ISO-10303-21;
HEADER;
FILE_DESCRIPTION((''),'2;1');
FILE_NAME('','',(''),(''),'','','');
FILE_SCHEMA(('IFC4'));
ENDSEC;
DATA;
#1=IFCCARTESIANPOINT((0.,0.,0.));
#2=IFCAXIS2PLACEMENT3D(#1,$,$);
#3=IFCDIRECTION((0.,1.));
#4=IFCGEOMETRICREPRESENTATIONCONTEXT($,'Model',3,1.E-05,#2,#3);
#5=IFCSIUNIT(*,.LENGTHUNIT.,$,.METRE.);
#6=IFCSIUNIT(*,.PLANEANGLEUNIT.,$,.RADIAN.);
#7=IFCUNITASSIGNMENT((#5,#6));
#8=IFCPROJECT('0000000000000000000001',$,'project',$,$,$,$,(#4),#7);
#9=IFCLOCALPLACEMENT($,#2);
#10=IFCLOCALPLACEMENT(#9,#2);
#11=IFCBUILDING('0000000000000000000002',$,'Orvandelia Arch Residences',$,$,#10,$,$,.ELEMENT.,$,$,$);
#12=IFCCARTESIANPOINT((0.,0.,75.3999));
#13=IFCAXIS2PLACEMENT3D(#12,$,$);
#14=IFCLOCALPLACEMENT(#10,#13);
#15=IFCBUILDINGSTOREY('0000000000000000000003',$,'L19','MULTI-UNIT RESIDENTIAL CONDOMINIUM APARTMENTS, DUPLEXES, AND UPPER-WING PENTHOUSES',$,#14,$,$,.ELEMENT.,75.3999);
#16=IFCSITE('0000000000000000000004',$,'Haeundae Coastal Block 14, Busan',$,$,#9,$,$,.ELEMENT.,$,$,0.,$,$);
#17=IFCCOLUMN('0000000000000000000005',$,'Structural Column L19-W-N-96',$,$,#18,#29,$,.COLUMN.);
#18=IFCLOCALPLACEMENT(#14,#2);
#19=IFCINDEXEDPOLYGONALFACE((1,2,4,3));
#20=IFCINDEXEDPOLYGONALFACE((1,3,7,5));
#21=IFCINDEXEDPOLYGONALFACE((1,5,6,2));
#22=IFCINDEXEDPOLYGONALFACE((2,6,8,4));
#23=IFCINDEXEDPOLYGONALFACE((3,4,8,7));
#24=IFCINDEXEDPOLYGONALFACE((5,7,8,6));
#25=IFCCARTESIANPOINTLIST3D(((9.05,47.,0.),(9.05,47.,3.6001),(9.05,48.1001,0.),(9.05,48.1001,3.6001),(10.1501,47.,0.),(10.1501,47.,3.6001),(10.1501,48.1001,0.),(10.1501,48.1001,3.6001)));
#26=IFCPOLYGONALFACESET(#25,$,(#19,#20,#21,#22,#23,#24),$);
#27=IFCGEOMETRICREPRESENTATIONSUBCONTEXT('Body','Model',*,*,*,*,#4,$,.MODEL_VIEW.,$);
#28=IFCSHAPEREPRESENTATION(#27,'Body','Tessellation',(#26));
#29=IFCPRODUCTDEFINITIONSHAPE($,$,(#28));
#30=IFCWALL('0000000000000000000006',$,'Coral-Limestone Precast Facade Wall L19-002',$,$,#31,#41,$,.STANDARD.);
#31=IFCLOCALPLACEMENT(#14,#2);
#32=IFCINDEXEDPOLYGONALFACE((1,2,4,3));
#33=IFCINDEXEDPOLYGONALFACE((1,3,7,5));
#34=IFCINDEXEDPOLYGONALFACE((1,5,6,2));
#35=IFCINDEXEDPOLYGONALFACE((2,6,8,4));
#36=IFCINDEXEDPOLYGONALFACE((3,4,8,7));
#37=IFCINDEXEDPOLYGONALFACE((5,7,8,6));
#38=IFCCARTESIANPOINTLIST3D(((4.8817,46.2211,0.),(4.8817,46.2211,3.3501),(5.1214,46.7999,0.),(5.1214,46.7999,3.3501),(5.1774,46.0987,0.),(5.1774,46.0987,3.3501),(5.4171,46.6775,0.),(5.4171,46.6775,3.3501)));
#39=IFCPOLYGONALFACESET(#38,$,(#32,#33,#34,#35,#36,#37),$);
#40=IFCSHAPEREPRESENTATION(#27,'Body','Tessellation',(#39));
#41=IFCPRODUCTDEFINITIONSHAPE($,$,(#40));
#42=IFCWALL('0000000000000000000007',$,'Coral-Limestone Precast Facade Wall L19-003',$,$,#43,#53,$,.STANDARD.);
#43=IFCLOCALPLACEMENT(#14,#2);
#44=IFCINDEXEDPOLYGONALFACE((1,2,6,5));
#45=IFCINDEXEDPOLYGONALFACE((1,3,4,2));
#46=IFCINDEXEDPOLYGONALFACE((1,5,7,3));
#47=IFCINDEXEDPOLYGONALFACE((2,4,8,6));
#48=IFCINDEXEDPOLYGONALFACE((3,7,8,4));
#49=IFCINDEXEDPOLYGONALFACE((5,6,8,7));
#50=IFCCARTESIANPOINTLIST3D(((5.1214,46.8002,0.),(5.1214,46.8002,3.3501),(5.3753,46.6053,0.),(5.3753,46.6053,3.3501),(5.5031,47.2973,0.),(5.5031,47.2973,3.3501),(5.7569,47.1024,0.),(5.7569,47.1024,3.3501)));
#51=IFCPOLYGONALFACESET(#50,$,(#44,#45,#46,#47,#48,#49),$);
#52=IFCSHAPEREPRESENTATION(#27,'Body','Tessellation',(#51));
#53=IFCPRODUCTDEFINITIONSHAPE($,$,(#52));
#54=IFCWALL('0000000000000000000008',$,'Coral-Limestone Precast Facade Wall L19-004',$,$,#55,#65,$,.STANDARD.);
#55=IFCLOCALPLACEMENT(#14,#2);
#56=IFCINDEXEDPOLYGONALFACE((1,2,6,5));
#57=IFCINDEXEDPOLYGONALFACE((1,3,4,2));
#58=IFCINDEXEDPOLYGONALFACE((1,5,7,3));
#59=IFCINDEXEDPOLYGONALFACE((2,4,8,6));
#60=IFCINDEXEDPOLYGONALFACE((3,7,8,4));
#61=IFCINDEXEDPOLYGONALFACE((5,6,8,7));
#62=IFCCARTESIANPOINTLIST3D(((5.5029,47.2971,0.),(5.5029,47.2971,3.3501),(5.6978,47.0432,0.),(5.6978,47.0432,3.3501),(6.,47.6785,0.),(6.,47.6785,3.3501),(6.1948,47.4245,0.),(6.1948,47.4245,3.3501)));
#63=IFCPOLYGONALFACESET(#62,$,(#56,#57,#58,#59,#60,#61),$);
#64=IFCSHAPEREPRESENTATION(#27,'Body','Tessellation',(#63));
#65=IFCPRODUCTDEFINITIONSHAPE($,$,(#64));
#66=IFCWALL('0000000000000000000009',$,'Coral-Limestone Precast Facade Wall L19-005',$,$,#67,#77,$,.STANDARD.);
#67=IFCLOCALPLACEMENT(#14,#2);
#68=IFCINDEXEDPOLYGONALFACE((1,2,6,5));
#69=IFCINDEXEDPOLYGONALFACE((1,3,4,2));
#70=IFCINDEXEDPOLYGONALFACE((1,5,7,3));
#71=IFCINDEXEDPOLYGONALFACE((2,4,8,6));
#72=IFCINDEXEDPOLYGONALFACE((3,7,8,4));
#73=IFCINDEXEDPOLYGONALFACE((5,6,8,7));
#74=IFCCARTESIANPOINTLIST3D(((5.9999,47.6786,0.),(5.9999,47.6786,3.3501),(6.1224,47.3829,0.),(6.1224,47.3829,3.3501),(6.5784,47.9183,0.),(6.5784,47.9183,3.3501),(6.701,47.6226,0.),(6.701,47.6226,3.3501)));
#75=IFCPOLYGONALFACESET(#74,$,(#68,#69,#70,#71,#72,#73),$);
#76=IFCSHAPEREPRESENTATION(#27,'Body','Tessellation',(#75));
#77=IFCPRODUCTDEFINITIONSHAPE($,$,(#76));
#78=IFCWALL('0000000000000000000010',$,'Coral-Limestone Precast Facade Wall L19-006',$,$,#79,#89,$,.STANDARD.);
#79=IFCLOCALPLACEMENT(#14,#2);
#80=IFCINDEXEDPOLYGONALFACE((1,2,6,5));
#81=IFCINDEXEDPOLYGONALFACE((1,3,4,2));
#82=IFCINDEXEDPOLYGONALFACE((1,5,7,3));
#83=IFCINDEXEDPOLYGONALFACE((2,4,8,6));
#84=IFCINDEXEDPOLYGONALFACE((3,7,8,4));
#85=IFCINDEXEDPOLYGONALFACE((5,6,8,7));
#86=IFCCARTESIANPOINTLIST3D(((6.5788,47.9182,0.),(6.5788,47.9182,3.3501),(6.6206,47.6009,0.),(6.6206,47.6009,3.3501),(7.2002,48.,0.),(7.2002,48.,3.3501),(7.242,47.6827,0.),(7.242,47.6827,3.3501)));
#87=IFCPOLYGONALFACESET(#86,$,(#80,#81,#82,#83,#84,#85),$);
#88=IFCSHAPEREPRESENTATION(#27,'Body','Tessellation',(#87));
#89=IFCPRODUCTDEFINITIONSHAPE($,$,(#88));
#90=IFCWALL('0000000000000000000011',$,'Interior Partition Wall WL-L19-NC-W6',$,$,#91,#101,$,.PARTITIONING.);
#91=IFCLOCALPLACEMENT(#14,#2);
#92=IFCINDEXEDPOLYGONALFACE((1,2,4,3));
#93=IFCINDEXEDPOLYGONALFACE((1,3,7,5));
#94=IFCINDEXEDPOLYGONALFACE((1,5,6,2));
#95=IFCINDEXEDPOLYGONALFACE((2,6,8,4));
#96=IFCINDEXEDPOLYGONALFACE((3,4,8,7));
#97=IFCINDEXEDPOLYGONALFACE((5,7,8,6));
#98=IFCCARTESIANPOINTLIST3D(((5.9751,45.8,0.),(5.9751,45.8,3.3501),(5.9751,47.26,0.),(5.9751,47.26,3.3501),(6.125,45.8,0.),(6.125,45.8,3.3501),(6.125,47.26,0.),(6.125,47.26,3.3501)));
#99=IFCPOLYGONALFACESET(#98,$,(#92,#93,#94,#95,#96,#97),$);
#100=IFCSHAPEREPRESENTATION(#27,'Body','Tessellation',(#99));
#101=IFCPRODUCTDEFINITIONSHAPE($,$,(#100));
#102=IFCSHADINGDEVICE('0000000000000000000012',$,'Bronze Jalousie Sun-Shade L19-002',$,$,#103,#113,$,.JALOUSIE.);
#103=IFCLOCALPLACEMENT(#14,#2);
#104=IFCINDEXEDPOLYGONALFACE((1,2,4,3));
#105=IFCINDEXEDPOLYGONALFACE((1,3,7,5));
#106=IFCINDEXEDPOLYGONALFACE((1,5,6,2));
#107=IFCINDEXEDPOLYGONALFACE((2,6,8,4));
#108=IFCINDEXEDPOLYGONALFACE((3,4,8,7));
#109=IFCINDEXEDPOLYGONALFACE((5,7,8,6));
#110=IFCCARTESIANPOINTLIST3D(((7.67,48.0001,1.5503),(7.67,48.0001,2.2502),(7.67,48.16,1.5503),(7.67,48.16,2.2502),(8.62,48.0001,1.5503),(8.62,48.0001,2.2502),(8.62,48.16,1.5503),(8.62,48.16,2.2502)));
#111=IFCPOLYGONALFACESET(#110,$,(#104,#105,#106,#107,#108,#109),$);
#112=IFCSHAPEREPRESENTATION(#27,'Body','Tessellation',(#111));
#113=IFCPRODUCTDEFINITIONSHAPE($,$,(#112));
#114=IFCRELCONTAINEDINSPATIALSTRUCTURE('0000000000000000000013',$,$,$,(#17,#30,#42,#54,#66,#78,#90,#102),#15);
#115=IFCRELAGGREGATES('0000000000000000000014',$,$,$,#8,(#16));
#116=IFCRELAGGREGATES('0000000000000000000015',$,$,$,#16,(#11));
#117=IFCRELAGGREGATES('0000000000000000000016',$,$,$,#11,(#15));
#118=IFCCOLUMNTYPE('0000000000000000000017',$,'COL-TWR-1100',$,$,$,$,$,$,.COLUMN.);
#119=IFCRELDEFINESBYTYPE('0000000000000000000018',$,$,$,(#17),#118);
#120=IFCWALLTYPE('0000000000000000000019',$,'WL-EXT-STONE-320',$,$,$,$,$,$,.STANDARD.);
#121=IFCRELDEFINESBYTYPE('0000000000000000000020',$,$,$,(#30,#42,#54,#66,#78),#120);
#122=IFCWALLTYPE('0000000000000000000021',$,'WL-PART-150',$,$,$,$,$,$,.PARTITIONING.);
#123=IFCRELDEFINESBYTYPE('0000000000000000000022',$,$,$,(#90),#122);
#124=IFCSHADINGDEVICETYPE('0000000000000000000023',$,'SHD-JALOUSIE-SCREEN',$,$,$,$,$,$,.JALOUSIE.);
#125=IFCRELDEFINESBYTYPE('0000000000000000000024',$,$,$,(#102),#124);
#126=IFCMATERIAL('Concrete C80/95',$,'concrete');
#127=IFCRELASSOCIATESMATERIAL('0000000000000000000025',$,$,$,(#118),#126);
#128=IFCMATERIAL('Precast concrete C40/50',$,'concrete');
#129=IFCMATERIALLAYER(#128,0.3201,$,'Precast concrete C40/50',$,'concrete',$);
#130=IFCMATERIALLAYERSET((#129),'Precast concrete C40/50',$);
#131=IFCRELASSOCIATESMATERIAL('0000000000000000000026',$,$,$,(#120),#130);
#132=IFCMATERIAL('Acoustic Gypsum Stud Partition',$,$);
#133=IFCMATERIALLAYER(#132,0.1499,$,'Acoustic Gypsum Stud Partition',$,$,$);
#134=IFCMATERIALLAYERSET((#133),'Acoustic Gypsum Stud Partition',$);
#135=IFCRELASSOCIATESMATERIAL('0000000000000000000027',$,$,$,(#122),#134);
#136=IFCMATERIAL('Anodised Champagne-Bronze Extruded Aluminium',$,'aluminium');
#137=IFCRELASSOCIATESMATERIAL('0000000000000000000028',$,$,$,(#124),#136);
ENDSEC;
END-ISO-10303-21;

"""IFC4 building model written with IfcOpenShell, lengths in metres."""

from ifc_helpers import new_model, si_unit, direction, frame, frame_2d, origin, origin_2d, place, context, subcontext, project, spatial, rectangle, extrude, material, layer, layer_set, material_profile, profile_set, type_object, element, save


model = new_model("IFC4")

# Units and contexts
model_context = context("Model", 3, precision=1e-05, world=origin(), true_north=direction((0.0, 1.0)))
body_context = subcontext(model_context, "Body", "Model", "MODEL_VIEW")
ifc_project = project(units=[si_unit("LENGTHUNIT", "METRE"), si_unit("PLANEANGLEUNIT", "RADIAN")], contexts=[model_context])

# Site, building, storey
site_placement = place(None, origin())
site = spatial("IfcSite", under=ifc_project, at=site_placement, Name="Haeundae Coastal Block 14, Busan", CompositionType="ELEMENT", RefElevation=0.0)
building_placement = place(site_placement, origin())
building = spatial("IfcBuilding", under=site, at=building_placement, Name="Orvandelia Arch Residences", CompositionType="ELEMENT")
storey_placement = place(building_placement, frame((0.0, 0.0, 75.3999)))
storey = spatial("IfcBuildingStorey", under=building, at=storey_placement, Name="L19", Description="MULTI-UNIT RESIDENTIAL CONDOMINIUM APARTMENTS, DUPLEXES, AND UPPER-WING PENTHOUSES", CompositionType="ELEMENT", Elevation=75.3999)

# Column
ifc_material_1 = material(Name="Concrete C80/95", Category="concrete")
ifc_material_profile = material_profile(ifc_material_1, rectangle(XDim=1.1001, YDim=1.1001, at=origin_2d()), Name="Concrete C80/95", Category="concrete")
ifc_profile_set = profile_set([ifc_material_profile], Name="Concrete C80/95")
column_type = type_object("IfcColumnType", Name="COL-TWR-1100", PredefinedType="COLUMN", material=ifc_profile_set)
column_placement = place(storey_placement, frame((9.6001, 47.55, 0.0), z_axis=(0.0, 0.0, 1.0), x_axis=(1.0, 0.0, 0.0)))
element("IfcColumn", 1, at=column_placement, inside=storey, type_object=column_type, Name="Structural Column L19-W-N-96", PredefinedType="COLUMN", context=body_context, shape_type="SweptSolid", body=[
    extrude(rectangle(XDim=1.1001, YDim=1.1001, at=origin_2d()), origin(), (0.0, 0.0, 1.0), 3.6001),
])

# Walls
ifc_material_2 = material(Name="Precast concrete C40/50", Category="concrete")
ifc_layer_1 = layer(ifc_material_2, 0.3201, Name="Precast concrete C40/50", Category="concrete")
ifc_layer_set_1 = layer_set([ifc_layer_1], Name="Precast concrete C40/50")
wall_type_1 = type_object("IfcWallType", Name="WL-EXT-STONE-320", PredefinedType="STANDARD", material=ifc_layer_set_1)
wall_1_placement = place(storey_placement, frame((5.0295, 46.1599, 0.0), z_axis=(0.0, 0.0, 1.0), x_axis=(0.38265, 0.923893, 0.0)))
element("IfcWall", 2, at=wall_1_placement, inside=storey, type_object=wall_type_1, Name="Coral-Limestone Precast Facade Wall L19-002", PredefinedType="STANDARD", context=body_context, shape_type="SweptSolid", body=[
    extrude(rectangle(XDim=0.6265, YDim=0.3201, at=frame_2d((0.3132, 0.0))), origin(), (0.0, 0.0, 1.0), 3.3501),
])
wall_2_placement = place(storey_placement, frame((5.2483, 46.7026, 0.0), z_axis=(0.0, 0.0, 1.0), x_axis=(0.608939, 0.793217, 0.0)))
element("IfcWall", 3, at=wall_2_placement, inside=storey, type_object=wall_type_1, Name="Coral-Limestone Precast Facade Wall L19-003", PredefinedType="STANDARD", context=body_context, shape_type="SweptSolid", body=[
    extrude(rectangle(XDim=0.6267, YDim=0.3201, at=frame_2d((0.3135, 0.0))), origin(), (0.0, 0.0, 1.0), 3.3501),
])
wall_3_placement = place(storey_placement, frame((5.6003, 47.1702, 0.0), z_axis=(0.0, 0.0, 1.0), x_axis=(0.793406, 0.608693, 0.0)))
element("IfcWall", 4, at=wall_3_placement, inside=storey, type_object=wall_type_1, Name="Coral-Limestone Precast Facade Wall L19-004", PredefinedType="STANDARD", context=body_context, shape_type="SweptSolid", body=[
    extrude(rectangle(XDim=0.6265, YDim=0.3201, at=frame_2d((0.3132, 0.0))), origin(), (0.0, 0.0, 1.0), 3.3501),
])
wall_4_placement = place(storey_placement, frame((6.0613, 47.5308, 0.0), z_axis=(0.0, 0.0, 1.0), x_axis=(0.923836, 0.382788, 0.0)))
element("IfcWall", 5, at=wall_4_placement, inside=storey, type_object=wall_type_1, Name="Coral-Limestone Precast Facade Wall L19-005", PredefinedType="STANDARD", context=body_context, shape_type="SweptSolid", body=[
    extrude(rectangle(XDim=0.6262, YDim=0.3201, at=frame_2d((0.313, 0.0))), origin(), (0.0, 0.0, 1.0), 3.3501),
])
wall_5_placement = place(storey_placement, frame((6.5996, 47.7595, 0.0), z_axis=(0.0, 0.0, 1.0), x_axis=(0.991448, 0.130505, 0.0)))
element("IfcWall", 6, at=wall_5_placement, inside=storey, type_object=wall_type_1, Name="Coral-Limestone Precast Facade Wall L19-006", PredefinedType="STANDARD", context=body_context, shape_type="SweptSolid", body=[
    extrude(rectangle(XDim=0.6267, YDim=0.3201, at=frame_2d((0.3135, 0.0))), origin(), (0.0, 0.0, 1.0), 3.3501),
])

# Wall
ifc_material_3 = material(Name="Acoustic Gypsum Stud Partition")
ifc_layer_2 = layer(ifc_material_3, 0.1499, Name="Acoustic Gypsum Stud Partition")
ifc_layer_set_2 = layer_set([ifc_layer_2], Name="Acoustic Gypsum Stud Partition")
wall_type_2 = type_object("IfcWallType", Name="WL-PART-150", PredefinedType="PARTITIONING", material=ifc_layer_set_2)
wall_6_placement = place(storey_placement, frame((6.05, 45.8, 0.0), z_axis=(0.0, 0.0, 1.0), x_axis=(0.0, 1.0, 0.0)))
element("IfcWall", 7, at=wall_6_placement, inside=storey, type_object=wall_type_2, Name="Interior Partition Wall WL-L19-NC-W6", PredefinedType="PARTITIONING", context=body_context, shape_type="SweptSolid", body=[
    extrude(rectangle(XDim=1.46, YDim=0.1499, at=frame_2d((0.73, 0.0))), origin(), (0.0, 0.0, 1.0), 3.3501),
])

# Shading device
ifc_material_4 = material(Name="Anodised Champagne-Bronze Extruded Aluminium", Category="aluminium")
shading_device_type = type_object("IfcShadingDeviceType", Name="SHD-JALOUSIE-SCREEN", PredefinedType="JALOUSIE", material=ifc_material_4)
shading_device_placement = place(storey_placement, frame((8.145, 48.0801, 1.5503), z_axis=(0.0, 0.0, 1.0), x_axis=(1.0, 0.0, 0.0)))
element("IfcShadingDevice", 8, at=shading_device_placement, inside=storey, type_object=shading_device_type, Name="Bronze Jalousie Sun-Shade L19-002", PredefinedType="JALOUSIE", context=body_context, shape_type="SweptSolid", body=[
    extrude(rectangle(XDim=0.95, YDim=0.1599, at=origin_2d()), origin(), (0.0, 0.0, 1.0), 0.7),
])

save(model, "model.ifc")
